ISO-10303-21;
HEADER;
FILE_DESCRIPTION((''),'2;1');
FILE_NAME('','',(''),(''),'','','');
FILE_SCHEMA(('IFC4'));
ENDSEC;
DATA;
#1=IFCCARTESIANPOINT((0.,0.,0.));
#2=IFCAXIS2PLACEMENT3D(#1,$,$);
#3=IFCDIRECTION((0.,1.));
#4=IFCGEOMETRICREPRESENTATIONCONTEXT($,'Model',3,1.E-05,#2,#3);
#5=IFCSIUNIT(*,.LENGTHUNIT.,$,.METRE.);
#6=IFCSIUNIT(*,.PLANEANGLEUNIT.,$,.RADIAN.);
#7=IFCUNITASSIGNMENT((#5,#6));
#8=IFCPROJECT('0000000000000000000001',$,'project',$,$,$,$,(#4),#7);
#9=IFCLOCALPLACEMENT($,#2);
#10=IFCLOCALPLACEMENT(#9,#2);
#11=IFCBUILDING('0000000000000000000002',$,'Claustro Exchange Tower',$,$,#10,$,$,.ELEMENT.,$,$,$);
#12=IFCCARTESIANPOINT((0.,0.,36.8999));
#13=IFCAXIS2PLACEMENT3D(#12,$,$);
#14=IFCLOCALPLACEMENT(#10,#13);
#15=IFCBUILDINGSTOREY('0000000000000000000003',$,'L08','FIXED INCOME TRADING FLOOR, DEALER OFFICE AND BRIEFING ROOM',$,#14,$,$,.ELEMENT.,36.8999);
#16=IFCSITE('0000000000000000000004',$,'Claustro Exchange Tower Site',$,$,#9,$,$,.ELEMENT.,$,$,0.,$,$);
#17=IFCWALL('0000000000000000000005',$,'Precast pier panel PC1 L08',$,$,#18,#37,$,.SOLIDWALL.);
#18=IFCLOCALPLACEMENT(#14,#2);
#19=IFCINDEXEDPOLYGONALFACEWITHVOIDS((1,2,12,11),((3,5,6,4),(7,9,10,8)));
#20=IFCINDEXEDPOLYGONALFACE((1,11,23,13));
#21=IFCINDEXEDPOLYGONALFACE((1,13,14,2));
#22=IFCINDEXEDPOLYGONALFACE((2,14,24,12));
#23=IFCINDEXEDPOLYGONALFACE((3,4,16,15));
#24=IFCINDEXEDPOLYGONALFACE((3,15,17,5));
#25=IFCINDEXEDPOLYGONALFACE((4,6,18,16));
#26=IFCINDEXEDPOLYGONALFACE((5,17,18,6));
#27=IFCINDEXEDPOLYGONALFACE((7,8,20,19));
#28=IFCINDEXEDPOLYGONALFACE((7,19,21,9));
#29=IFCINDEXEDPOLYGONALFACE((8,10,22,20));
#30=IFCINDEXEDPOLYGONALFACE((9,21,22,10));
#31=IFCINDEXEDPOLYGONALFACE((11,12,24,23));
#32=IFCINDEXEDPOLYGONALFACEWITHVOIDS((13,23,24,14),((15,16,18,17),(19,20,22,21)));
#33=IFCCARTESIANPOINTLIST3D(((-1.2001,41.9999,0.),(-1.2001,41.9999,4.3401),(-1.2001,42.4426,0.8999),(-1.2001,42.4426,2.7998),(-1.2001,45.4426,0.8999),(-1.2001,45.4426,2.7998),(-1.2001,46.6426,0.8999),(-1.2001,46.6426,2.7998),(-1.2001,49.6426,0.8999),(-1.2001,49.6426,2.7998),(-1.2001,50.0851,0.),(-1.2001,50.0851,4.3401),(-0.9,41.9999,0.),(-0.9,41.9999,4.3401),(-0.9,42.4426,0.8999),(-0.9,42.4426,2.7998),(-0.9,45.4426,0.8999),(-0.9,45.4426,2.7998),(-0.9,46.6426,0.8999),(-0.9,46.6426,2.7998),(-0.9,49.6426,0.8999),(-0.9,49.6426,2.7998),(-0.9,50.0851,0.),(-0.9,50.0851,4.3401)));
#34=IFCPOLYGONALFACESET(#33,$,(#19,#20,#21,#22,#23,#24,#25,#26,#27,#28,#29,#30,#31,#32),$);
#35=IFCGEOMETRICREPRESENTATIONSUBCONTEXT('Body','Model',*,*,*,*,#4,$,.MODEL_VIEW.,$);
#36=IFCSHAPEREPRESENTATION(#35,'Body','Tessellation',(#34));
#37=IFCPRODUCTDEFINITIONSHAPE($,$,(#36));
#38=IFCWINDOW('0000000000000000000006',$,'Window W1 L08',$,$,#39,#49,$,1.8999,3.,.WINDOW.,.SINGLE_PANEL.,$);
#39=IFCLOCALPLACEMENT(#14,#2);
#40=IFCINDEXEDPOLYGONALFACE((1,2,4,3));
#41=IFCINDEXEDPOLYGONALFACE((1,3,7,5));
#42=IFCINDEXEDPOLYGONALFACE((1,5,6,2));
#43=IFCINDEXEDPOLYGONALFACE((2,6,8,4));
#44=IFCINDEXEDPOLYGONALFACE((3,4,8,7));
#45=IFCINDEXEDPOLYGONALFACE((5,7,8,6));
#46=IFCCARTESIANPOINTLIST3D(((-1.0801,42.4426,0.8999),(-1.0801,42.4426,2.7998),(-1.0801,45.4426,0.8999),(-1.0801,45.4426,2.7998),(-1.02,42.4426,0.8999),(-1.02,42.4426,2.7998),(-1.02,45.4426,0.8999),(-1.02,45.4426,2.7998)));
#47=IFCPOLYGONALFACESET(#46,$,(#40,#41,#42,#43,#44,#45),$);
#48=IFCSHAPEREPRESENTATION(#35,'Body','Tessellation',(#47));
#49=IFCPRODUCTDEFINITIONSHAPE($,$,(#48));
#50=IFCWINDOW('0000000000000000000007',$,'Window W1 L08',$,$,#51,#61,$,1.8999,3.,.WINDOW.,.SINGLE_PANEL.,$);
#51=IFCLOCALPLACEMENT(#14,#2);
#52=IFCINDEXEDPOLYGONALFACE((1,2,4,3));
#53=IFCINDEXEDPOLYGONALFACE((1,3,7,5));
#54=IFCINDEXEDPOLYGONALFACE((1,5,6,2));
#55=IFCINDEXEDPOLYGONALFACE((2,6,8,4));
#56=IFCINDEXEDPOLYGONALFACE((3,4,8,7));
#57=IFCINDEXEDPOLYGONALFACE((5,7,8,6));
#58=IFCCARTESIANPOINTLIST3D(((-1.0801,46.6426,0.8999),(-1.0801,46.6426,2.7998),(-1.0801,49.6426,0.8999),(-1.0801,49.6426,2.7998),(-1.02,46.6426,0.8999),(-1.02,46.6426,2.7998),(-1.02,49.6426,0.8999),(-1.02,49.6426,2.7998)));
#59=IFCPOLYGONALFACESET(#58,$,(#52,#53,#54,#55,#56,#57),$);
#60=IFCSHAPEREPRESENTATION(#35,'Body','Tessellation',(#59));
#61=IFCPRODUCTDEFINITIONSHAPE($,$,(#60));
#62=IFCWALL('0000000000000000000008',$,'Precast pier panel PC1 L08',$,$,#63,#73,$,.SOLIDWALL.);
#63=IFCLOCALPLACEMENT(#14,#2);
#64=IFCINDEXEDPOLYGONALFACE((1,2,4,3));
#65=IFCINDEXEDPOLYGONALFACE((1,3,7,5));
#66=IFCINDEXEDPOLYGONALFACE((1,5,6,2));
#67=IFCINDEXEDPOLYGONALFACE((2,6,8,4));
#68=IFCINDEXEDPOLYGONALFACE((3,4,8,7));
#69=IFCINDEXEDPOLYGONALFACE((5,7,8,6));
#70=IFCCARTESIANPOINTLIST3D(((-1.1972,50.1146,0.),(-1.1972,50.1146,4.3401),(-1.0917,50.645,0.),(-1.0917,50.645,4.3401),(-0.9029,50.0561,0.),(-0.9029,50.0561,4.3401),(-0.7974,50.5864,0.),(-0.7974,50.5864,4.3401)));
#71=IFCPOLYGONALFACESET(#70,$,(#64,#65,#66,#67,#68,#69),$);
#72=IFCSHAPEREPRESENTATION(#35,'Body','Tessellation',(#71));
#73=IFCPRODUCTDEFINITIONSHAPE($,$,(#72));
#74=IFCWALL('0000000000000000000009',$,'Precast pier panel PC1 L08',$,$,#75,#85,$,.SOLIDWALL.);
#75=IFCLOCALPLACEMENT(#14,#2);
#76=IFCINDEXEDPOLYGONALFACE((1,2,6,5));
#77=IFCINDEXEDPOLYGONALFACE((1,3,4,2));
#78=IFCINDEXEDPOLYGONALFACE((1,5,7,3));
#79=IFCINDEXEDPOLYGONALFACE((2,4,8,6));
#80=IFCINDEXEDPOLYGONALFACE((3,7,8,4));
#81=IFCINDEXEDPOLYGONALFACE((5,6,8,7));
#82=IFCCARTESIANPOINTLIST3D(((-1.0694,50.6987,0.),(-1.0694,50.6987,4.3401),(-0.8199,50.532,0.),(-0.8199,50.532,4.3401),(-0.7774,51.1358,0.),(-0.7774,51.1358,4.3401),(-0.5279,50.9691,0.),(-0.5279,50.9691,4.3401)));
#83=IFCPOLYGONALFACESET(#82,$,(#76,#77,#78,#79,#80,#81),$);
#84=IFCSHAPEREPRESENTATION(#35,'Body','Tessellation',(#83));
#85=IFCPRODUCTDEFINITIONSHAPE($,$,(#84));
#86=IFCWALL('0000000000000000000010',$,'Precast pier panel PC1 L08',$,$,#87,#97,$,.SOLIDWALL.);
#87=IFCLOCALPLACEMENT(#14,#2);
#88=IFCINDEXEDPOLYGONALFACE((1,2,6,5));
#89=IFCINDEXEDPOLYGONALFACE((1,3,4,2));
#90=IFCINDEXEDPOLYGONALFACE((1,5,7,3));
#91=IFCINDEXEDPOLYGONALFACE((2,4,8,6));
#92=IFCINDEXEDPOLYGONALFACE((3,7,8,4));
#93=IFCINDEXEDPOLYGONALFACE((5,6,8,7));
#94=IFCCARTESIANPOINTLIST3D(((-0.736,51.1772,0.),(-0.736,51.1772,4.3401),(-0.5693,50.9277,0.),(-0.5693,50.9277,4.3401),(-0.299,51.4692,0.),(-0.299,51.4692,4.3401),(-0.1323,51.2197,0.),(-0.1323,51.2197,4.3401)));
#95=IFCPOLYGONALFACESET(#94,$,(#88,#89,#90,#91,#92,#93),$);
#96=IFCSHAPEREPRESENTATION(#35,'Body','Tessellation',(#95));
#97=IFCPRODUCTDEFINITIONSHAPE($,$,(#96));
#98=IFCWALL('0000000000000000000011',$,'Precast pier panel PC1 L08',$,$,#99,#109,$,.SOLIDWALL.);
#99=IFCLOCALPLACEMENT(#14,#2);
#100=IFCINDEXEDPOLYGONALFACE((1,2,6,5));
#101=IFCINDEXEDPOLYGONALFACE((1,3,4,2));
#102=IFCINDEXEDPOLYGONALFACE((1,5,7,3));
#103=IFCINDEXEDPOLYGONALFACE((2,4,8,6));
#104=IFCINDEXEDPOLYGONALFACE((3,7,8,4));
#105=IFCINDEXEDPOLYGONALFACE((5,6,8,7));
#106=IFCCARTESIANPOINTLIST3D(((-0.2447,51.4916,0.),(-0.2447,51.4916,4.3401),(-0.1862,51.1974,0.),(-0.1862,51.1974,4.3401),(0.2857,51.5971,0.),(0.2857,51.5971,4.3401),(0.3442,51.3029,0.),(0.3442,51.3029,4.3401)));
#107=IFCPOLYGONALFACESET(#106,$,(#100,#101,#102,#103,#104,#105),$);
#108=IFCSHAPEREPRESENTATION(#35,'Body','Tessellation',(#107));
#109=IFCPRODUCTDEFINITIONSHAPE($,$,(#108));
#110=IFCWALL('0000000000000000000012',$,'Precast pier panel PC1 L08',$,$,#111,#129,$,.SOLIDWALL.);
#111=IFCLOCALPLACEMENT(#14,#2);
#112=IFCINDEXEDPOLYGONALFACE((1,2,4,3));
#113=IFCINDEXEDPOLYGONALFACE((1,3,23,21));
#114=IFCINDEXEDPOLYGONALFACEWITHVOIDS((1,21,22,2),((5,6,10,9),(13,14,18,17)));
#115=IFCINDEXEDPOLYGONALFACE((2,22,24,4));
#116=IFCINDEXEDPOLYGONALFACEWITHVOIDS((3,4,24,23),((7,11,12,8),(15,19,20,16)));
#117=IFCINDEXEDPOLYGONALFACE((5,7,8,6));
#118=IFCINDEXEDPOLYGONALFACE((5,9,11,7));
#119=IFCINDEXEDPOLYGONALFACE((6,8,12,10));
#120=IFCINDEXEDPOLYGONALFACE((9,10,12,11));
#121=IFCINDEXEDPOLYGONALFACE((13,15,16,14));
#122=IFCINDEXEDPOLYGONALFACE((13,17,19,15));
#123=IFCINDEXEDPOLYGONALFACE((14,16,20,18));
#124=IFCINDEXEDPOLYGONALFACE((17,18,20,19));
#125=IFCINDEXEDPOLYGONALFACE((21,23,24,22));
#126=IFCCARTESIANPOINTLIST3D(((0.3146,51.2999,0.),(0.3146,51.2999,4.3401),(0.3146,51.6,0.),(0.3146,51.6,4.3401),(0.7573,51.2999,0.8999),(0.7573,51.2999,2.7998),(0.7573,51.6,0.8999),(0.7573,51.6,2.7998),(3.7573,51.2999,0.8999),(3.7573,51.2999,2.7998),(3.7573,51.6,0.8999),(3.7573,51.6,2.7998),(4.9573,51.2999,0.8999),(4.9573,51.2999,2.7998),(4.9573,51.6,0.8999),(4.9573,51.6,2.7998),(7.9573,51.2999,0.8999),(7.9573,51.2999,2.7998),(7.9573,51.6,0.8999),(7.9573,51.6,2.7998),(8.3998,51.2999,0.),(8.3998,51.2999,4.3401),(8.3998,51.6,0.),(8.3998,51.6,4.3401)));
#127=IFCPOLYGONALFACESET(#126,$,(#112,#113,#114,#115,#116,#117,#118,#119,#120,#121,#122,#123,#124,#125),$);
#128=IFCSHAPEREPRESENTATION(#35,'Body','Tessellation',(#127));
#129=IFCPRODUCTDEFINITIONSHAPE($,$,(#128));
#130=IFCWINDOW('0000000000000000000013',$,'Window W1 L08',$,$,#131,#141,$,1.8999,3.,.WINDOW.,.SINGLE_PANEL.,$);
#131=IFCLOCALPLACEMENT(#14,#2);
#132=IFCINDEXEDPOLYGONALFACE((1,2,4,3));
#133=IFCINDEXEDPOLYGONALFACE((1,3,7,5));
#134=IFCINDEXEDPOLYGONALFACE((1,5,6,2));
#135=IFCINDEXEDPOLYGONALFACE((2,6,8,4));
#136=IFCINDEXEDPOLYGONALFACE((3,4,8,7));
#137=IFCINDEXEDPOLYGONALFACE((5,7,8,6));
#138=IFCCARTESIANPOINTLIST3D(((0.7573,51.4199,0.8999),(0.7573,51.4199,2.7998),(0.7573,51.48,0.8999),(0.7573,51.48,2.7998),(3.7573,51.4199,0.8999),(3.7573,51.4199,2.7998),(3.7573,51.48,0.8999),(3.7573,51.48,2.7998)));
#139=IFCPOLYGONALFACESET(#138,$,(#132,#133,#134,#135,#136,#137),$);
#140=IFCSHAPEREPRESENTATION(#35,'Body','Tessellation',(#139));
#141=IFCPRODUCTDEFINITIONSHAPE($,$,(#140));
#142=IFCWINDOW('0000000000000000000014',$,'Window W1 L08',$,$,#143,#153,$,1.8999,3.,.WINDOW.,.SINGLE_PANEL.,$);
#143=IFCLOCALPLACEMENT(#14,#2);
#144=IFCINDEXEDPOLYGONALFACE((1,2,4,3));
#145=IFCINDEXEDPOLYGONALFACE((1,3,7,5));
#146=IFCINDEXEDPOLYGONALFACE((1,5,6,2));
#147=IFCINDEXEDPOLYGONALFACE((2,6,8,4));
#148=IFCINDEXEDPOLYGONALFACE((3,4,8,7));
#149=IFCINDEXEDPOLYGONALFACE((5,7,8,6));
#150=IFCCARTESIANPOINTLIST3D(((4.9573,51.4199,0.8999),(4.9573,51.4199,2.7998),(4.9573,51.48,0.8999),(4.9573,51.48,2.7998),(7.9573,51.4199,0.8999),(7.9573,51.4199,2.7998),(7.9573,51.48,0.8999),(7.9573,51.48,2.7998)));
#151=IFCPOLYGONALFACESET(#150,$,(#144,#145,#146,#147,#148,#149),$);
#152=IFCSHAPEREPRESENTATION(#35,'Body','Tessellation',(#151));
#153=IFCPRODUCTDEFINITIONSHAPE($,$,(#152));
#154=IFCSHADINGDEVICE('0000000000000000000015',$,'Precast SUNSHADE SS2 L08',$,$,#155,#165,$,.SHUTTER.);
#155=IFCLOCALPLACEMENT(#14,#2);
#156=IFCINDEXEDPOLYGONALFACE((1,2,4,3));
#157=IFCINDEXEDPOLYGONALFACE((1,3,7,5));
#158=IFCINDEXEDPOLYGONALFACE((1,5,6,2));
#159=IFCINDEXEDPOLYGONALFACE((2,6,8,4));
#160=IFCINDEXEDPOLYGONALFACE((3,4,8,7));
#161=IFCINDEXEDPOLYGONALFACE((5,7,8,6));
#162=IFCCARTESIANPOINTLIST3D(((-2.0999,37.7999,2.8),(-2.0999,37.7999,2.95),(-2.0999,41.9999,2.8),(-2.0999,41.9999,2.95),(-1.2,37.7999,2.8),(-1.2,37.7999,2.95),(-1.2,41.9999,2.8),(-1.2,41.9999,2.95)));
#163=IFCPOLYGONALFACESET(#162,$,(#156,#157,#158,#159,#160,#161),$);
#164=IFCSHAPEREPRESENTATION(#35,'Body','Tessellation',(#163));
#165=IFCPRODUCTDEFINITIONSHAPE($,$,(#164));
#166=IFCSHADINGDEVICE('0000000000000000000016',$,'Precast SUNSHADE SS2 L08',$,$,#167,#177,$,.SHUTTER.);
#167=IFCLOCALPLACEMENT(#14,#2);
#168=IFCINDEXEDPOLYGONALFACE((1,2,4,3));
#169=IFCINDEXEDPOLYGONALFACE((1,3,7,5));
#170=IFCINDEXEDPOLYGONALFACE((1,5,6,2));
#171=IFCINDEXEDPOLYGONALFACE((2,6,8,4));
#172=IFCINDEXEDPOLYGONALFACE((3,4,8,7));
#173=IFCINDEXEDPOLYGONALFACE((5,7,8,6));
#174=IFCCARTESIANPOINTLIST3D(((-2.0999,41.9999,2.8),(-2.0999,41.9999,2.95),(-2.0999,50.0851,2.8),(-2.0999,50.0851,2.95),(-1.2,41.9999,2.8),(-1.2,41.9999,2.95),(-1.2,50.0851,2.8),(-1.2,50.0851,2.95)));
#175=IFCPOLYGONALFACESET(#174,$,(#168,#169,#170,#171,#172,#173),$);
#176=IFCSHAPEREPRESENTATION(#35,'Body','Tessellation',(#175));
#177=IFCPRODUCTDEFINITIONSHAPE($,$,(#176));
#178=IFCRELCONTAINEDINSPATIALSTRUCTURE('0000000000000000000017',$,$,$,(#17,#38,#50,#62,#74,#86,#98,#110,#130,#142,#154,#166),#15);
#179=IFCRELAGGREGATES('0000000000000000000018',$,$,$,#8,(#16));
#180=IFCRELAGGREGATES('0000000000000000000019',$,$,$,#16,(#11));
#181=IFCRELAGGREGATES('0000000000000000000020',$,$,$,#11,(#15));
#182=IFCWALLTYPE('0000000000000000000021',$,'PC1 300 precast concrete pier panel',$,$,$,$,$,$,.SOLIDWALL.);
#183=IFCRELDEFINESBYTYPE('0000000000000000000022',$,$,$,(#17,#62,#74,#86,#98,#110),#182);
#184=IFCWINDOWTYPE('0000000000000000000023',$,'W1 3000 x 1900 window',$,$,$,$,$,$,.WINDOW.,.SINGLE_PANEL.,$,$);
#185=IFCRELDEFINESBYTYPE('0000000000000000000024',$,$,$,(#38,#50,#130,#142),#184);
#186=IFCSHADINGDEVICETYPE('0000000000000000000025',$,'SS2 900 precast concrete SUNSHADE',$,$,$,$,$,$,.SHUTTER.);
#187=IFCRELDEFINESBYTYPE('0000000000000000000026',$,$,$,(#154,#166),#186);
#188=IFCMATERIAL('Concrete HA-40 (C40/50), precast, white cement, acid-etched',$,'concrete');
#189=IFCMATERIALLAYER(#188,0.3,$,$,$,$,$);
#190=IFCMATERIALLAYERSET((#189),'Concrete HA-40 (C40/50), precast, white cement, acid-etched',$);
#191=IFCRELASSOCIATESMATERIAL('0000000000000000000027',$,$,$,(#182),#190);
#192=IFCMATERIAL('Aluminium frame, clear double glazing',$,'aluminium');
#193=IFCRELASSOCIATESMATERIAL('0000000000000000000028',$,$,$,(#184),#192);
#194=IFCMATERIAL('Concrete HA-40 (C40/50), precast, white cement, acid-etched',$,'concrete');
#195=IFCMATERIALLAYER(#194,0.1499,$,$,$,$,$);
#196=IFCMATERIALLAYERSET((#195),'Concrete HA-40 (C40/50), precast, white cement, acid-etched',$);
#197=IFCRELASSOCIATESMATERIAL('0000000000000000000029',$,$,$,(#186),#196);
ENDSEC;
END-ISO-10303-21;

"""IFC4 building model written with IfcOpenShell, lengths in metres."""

from ifc_helpers import new_model, si_unit, direction, frame, frame_2d, origin, origin_2d, place, context, subcontext, project, spatial, rectangle, extrude, material, layer, layer_set, type_object, element, fill, save


model = new_model("IFC4")

# Units and contexts
model_context = context("Model", 3, precision=1e-05, world=origin(), true_north=direction((0.0, 1.0)))
body_context = subcontext(model_context, "Body", "Model", "MODEL_VIEW")
ifc_project = project(units=[si_unit("LENGTHUNIT", "METRE"), si_unit("PLANEANGLEUNIT", "RADIAN")], contexts=[model_context])

# Site, building, storey
site_placement = place(None, origin())
site = spatial("IfcSite", under=ifc_project, at=site_placement, Name="Claustro Exchange Tower Site", CompositionType="ELEMENT", RefElevation=0.0)
building_placement = place(site_placement, origin())
building = spatial("IfcBuilding", under=site, at=building_placement, Name="Claustro Exchange Tower", CompositionType="ELEMENT")
storey_placement = place(building_placement, frame((0.0, 0.0, 36.8999)))
storey = spatial("IfcBuildingStorey", under=building, at=storey_placement, Name="L08", Description="FIXED INCOME TRADING FLOOR, DEALER OFFICE AND BRIEFING ROOM", CompositionType="ELEMENT", Elevation=36.8999)

# Wall, openings, windows
ifc_material_1 = material(Name="Concrete HA-40 (C40/50), precast, white cement, acid-etched", Category="concrete")
ifc_layer_1 = layer(ifc_material_1, 0.3)
ifc_layer_set_1 = layer_set([ifc_layer_1], Name="Concrete HA-40 (C40/50), precast, white cement, acid-etched")
wall_type_1 = type_object("IfcWallType", Name="PC1 300 precast concrete pier panel", PredefinedType="SOLIDWALL", material=ifc_layer_set_1)
wall_1_placement = place(storey_placement, frame((-1.05, 42.0, 0.0), z_axis=(0.0, 0.0, 1.0), x_axis=(0.0, 1.0, 0.0)))
wall_1 = element("IfcWall", 1, at=wall_1_placement, inside=storey, type_object=wall_type_1, Name="Precast pier panel PC1 L08", PredefinedType="SOLIDWALL", context=body_context, shape_type="SweptSolid", body=[
    extrude(rectangle(XDim=8.0852, YDim=0.3, at=frame_2d((4.0425, 0.0))), origin(), (0.0, 0.0, 1.0), 4.3401),
])
opening_1_placement = place(wall_1_placement, frame((0.4426, 0.0, 0.8999)))
opening_1 = element("IfcOpeningElement", 2, at=opening_1_placement, cuts=wall_1, PredefinedType="OPENING", context=body_context, shape_type="SweptSolid", body=[
    extrude(rectangle(XDim=3.0, YDim=1.8999, at=frame_2d((1.5, 0.95))), frame((0.0, 0.1599, 0.0), z_axis=(0.0, -1.0, 0.0), x_axis=(1.0, 0.0, 0.0)), (0.0, 0.0, 1.0), 0.3201),
])
opening_2_placement = place(wall_1_placement, frame((4.6426, 0.0, 0.8999)))
opening_2 = element("IfcOpeningElement", 3, at=opening_2_placement, cuts=wall_1, PredefinedType="OPENING", context=body_context, shape_type="SweptSolid", body=[
    extrude(rectangle(XDim=3.0, YDim=1.8999, at=frame_2d((1.5, 0.95))), frame((0.0, 0.1599, 0.0), z_axis=(0.0, -1.0, 0.0), x_axis=(1.0, 0.0, 0.0)), (0.0, 0.0, 1.0), 0.3201),
])
ifc_material_2 = material(Name="Aluminium frame, clear double glazing", Category="aluminium")
window_type = type_object("IfcWindowType", Name="W1 3000 x 1900 window", PartitioningType="SINGLE_PANEL", PredefinedType="WINDOW", material=ifc_material_2)
window_1_placement = place(opening_1_placement, origin())
window_1 = element("IfcWindow", 4, at=window_1_placement, inside=storey, type_object=window_type, Name="Window W1 L08", OverallHeight=1.8999, OverallWidth=3.0, PartitioningType="SINGLE_PANEL", PredefinedType="WINDOW", context=body_context, shape_type="SweptSolid", body=[
    extrude(rectangle(XDim=3.0, YDim=1.8999, at=frame_2d((1.5, 0.95))), frame((0.0, 0.03, 0.0), z_axis=(0.0, -1.0, 0.0), x_axis=(1.0, 0.0, 0.0)), (0.0, 0.0, 1.0), 0.0601),
])
fill(opening_1, window_1)
window_2_placement = place(opening_2_placement, origin())
window_2 = element("IfcWindow", 5, at=window_2_placement, inside=storey, type_object=window_type, Name="Window W1 L08", OverallHeight=1.8999, OverallWidth=3.0, PartitioningType="SINGLE_PANEL", PredefinedType="WINDOW", context=body_context, shape_type="SweptSolid", body=[
    extrude(rectangle(XDim=3.0, YDim=1.8999, at=frame_2d((1.5, 0.95))), frame((0.0, 0.03, 0.0), z_axis=(0.0, -1.0, 0.0), x_axis=(1.0, 0.0, 0.0)), (0.0, 0.0, 1.0), 0.0601),
])
fill(opening_2, window_2)

# Walls
wall_2_placement = place(storey_placement, frame((-1.05, 50.0852, 0.0), z_axis=(0.0, 0.0, 1.0), x_axis=(0.195074, 0.980789, 0.0)))
element("IfcWall", 6, at=wall_2_placement, inside=storey, type_object=wall_type_1, Name="Precast pier panel PC1 L08", PredefinedType="SOLIDWALL", context=body_context, shape_type="SweptSolid", body=[
    extrude(rectangle(XDim=0.5408, YDim=0.3, at=frame_2d((0.2705, 0.0))), origin(), (0.0, 0.0, 1.0), 4.3401),
])
for number, where, z_axis, x_axis, name in (
    (7, (-0.9446, 50.6155, 0.0), (0.0, 0.0, 1.0), (0.555557, 0.831478, 0.0), "Precast pier panel PC1 L08"),
    (8, (-0.6526, 51.0525, 0.0), (0.0, 0.0, 1.0), (0.831478, 0.555557, 0.0), "Precast pier panel PC1 L08"),
):
    element("IfcWall", number, at=place(storey_placement, frame(where, z_axis=z_axis, x_axis=x_axis)), inside=storey, type_object=wall_type_1, Name=name, PredefinedType="SOLIDWALL", context=body_context, shape_type="SweptSolid", body=[
        extrude(rectangle(XDim=0.5256, YDim=0.3, at=frame_2d((0.2627, 0.0))), origin(), (0.0, 0.0, 1.0), 4.3401),
    ])
wall_3_placement = place(storey_placement, frame((-0.2156, 51.3445, 0.0), z_axis=(0.0, 0.0, 1.0), x_axis=(0.980789, 0.195074, 0.0)))
element("IfcWall", 9, at=wall_3_placement, inside=storey, type_object=wall_type_1, Name="Precast pier panel PC1 L08", PredefinedType="SOLIDWALL", context=body_context, shape_type="SweptSolid", body=[
    extrude(rectangle(XDim=0.5408, YDim=0.3, at=frame_2d((0.2705, 0.0))), origin(), (0.0, 0.0, 1.0), 4.3401),
])

# Wall, openings, windows
wall_4_placement = place(storey_placement, frame((0.3147, 51.45, 0.0), z_axis=(0.0, 0.0, 1.0), x_axis=(1.0, 0.0, 0.0)))
wall_4 = element("IfcWall", 10, at=wall_4_placement, inside=storey, type_object=wall_type_1, Name="Precast pier panel PC1 L08", PredefinedType="SOLIDWALL", context=body_context, shape_type="SweptSolid", body=[
    extrude(rectangle(XDim=8.0852, YDim=0.3, at=frame_2d((4.0425, 0.0))), origin(), (0.0, 0.0, 1.0), 4.3401),
])
opening_3_placement = place(wall_4_placement, frame((0.4426, 0.0, 0.8999)))
opening_3 = element("IfcOpeningElement", 11, at=opening_3_placement, cuts=wall_4, PredefinedType="OPENING", context=body_context, shape_type="SweptSolid", body=[
    extrude(rectangle(XDim=3.0, YDim=1.8999, at=frame_2d((1.5, 0.95))), frame((0.0, 0.1599, 0.0), z_axis=(0.0, -1.0, 0.0), x_axis=(1.0, 0.0, 0.0)), (0.0, 0.0, 1.0), 0.3201),
])
opening_4_placement = place(wall_4_placement, frame((4.6426, 0.0, 0.8999)))
opening_4 = element("IfcOpeningElement", 12, at=opening_4_placement, cuts=wall_4, PredefinedType="OPENING", context=body_context, shape_type="SweptSolid", body=[
    extrude(rectangle(XDim=3.0, YDim=1.8999, at=frame_2d((1.5, 0.95))), frame((0.0, 0.1599, 0.0), z_axis=(0.0, -1.0, 0.0), x_axis=(1.0, 0.0, 0.0)), (0.0, 0.0, 1.0), 0.3201),
])
window_3_placement = place(opening_3_placement, origin())
window_3 = element("IfcWindow", 13, at=window_3_placement, inside=storey, type_object=window_type, Name="Window W1 L08", OverallHeight=1.8999, OverallWidth=3.0, PartitioningType="SINGLE_PANEL", PredefinedType="WINDOW", context=body_context, shape_type="SweptSolid", body=[
    extrude(rectangle(XDim=3.0, YDim=1.8999, at=frame_2d((1.5, 0.95))), frame((0.0, 0.03, 0.0), z_axis=(0.0, -1.0, 0.0), x_axis=(1.0, 0.0, 0.0)), (0.0, 0.0, 1.0), 0.0601),
])
fill(opening_3, window_3)
window_4_placement = place(opening_4_placement, origin())
window_4 = element("IfcWindow", 14, at=window_4_placement, inside=storey, type_object=window_type, Name="Window W1 L08", OverallHeight=1.8999, OverallWidth=3.0, PartitioningType="SINGLE_PANEL", PredefinedType="WINDOW", context=body_context, shape_type="SweptSolid", body=[
    extrude(rectangle(XDim=3.0, YDim=1.8999, at=frame_2d((1.5, 0.95))), frame((0.0, 0.03, 0.0), z_axis=(0.0, -1.0, 0.0), x_axis=(1.0, 0.0, 0.0)), (0.0, 0.0, 1.0), 0.0601),
])
fill(opening_4, window_4)

# Shading devices
ifc_material_3 = material(Name="Concrete HA-40 (C40/50), precast, white cement, acid-etched", Category="concrete")
ifc_layer_2 = layer(ifc_material_3, 0.1499)
ifc_layer_set_2 = layer_set([ifc_layer_2], Name="Concrete HA-40 (C40/50), precast, white cement, acid-etched")
shading_device_type = type_object("IfcShadingDeviceType", Name="SS2 900 precast concrete SUNSHADE", PredefinedType="SHUTTER", material=ifc_layer_set_2)
shading_device_1_placement = place(storey_placement, frame((-1.6499, 39.8999, 2.8), z_axis=(0.0, 0.0, 1.0), x_axis=(0.0, 1.0, 0.0)))
element("IfcShadingDevice", 15, at=shading_device_1_placement, inside=storey, type_object=shading_device_type, Name="Precast SUNSHADE SS2 L08", PredefinedType="SHUTTER", context=body_context, shape_type="SweptSolid", body=[
    extrude(rectangle(XDim=4.2, YDim=0.8999, at=origin_2d()), origin(), (0.0, 0.0, 1.0), 0.1499),
])
shading_device_2_placement = place(storey_placement, frame((-1.6499, 46.0425, 2.8), z_axis=(0.0, 0.0, 1.0), x_axis=(0.0, 1.0, 0.0)))
element("IfcShadingDevice", 16, at=shading_device_2_placement, inside=storey, type_object=shading_device_type, Name="Precast SUNSHADE SS2 L08", PredefinedType="SHUTTER", context=body_context, shape_type="SweptSolid", body=[
    extrude(rectangle(XDim=8.0852, YDim=0.8999, at=origin_2d()), origin(), (0.0, 0.0, 1.0), 0.1499),
])

save(model, "model.ifc")
